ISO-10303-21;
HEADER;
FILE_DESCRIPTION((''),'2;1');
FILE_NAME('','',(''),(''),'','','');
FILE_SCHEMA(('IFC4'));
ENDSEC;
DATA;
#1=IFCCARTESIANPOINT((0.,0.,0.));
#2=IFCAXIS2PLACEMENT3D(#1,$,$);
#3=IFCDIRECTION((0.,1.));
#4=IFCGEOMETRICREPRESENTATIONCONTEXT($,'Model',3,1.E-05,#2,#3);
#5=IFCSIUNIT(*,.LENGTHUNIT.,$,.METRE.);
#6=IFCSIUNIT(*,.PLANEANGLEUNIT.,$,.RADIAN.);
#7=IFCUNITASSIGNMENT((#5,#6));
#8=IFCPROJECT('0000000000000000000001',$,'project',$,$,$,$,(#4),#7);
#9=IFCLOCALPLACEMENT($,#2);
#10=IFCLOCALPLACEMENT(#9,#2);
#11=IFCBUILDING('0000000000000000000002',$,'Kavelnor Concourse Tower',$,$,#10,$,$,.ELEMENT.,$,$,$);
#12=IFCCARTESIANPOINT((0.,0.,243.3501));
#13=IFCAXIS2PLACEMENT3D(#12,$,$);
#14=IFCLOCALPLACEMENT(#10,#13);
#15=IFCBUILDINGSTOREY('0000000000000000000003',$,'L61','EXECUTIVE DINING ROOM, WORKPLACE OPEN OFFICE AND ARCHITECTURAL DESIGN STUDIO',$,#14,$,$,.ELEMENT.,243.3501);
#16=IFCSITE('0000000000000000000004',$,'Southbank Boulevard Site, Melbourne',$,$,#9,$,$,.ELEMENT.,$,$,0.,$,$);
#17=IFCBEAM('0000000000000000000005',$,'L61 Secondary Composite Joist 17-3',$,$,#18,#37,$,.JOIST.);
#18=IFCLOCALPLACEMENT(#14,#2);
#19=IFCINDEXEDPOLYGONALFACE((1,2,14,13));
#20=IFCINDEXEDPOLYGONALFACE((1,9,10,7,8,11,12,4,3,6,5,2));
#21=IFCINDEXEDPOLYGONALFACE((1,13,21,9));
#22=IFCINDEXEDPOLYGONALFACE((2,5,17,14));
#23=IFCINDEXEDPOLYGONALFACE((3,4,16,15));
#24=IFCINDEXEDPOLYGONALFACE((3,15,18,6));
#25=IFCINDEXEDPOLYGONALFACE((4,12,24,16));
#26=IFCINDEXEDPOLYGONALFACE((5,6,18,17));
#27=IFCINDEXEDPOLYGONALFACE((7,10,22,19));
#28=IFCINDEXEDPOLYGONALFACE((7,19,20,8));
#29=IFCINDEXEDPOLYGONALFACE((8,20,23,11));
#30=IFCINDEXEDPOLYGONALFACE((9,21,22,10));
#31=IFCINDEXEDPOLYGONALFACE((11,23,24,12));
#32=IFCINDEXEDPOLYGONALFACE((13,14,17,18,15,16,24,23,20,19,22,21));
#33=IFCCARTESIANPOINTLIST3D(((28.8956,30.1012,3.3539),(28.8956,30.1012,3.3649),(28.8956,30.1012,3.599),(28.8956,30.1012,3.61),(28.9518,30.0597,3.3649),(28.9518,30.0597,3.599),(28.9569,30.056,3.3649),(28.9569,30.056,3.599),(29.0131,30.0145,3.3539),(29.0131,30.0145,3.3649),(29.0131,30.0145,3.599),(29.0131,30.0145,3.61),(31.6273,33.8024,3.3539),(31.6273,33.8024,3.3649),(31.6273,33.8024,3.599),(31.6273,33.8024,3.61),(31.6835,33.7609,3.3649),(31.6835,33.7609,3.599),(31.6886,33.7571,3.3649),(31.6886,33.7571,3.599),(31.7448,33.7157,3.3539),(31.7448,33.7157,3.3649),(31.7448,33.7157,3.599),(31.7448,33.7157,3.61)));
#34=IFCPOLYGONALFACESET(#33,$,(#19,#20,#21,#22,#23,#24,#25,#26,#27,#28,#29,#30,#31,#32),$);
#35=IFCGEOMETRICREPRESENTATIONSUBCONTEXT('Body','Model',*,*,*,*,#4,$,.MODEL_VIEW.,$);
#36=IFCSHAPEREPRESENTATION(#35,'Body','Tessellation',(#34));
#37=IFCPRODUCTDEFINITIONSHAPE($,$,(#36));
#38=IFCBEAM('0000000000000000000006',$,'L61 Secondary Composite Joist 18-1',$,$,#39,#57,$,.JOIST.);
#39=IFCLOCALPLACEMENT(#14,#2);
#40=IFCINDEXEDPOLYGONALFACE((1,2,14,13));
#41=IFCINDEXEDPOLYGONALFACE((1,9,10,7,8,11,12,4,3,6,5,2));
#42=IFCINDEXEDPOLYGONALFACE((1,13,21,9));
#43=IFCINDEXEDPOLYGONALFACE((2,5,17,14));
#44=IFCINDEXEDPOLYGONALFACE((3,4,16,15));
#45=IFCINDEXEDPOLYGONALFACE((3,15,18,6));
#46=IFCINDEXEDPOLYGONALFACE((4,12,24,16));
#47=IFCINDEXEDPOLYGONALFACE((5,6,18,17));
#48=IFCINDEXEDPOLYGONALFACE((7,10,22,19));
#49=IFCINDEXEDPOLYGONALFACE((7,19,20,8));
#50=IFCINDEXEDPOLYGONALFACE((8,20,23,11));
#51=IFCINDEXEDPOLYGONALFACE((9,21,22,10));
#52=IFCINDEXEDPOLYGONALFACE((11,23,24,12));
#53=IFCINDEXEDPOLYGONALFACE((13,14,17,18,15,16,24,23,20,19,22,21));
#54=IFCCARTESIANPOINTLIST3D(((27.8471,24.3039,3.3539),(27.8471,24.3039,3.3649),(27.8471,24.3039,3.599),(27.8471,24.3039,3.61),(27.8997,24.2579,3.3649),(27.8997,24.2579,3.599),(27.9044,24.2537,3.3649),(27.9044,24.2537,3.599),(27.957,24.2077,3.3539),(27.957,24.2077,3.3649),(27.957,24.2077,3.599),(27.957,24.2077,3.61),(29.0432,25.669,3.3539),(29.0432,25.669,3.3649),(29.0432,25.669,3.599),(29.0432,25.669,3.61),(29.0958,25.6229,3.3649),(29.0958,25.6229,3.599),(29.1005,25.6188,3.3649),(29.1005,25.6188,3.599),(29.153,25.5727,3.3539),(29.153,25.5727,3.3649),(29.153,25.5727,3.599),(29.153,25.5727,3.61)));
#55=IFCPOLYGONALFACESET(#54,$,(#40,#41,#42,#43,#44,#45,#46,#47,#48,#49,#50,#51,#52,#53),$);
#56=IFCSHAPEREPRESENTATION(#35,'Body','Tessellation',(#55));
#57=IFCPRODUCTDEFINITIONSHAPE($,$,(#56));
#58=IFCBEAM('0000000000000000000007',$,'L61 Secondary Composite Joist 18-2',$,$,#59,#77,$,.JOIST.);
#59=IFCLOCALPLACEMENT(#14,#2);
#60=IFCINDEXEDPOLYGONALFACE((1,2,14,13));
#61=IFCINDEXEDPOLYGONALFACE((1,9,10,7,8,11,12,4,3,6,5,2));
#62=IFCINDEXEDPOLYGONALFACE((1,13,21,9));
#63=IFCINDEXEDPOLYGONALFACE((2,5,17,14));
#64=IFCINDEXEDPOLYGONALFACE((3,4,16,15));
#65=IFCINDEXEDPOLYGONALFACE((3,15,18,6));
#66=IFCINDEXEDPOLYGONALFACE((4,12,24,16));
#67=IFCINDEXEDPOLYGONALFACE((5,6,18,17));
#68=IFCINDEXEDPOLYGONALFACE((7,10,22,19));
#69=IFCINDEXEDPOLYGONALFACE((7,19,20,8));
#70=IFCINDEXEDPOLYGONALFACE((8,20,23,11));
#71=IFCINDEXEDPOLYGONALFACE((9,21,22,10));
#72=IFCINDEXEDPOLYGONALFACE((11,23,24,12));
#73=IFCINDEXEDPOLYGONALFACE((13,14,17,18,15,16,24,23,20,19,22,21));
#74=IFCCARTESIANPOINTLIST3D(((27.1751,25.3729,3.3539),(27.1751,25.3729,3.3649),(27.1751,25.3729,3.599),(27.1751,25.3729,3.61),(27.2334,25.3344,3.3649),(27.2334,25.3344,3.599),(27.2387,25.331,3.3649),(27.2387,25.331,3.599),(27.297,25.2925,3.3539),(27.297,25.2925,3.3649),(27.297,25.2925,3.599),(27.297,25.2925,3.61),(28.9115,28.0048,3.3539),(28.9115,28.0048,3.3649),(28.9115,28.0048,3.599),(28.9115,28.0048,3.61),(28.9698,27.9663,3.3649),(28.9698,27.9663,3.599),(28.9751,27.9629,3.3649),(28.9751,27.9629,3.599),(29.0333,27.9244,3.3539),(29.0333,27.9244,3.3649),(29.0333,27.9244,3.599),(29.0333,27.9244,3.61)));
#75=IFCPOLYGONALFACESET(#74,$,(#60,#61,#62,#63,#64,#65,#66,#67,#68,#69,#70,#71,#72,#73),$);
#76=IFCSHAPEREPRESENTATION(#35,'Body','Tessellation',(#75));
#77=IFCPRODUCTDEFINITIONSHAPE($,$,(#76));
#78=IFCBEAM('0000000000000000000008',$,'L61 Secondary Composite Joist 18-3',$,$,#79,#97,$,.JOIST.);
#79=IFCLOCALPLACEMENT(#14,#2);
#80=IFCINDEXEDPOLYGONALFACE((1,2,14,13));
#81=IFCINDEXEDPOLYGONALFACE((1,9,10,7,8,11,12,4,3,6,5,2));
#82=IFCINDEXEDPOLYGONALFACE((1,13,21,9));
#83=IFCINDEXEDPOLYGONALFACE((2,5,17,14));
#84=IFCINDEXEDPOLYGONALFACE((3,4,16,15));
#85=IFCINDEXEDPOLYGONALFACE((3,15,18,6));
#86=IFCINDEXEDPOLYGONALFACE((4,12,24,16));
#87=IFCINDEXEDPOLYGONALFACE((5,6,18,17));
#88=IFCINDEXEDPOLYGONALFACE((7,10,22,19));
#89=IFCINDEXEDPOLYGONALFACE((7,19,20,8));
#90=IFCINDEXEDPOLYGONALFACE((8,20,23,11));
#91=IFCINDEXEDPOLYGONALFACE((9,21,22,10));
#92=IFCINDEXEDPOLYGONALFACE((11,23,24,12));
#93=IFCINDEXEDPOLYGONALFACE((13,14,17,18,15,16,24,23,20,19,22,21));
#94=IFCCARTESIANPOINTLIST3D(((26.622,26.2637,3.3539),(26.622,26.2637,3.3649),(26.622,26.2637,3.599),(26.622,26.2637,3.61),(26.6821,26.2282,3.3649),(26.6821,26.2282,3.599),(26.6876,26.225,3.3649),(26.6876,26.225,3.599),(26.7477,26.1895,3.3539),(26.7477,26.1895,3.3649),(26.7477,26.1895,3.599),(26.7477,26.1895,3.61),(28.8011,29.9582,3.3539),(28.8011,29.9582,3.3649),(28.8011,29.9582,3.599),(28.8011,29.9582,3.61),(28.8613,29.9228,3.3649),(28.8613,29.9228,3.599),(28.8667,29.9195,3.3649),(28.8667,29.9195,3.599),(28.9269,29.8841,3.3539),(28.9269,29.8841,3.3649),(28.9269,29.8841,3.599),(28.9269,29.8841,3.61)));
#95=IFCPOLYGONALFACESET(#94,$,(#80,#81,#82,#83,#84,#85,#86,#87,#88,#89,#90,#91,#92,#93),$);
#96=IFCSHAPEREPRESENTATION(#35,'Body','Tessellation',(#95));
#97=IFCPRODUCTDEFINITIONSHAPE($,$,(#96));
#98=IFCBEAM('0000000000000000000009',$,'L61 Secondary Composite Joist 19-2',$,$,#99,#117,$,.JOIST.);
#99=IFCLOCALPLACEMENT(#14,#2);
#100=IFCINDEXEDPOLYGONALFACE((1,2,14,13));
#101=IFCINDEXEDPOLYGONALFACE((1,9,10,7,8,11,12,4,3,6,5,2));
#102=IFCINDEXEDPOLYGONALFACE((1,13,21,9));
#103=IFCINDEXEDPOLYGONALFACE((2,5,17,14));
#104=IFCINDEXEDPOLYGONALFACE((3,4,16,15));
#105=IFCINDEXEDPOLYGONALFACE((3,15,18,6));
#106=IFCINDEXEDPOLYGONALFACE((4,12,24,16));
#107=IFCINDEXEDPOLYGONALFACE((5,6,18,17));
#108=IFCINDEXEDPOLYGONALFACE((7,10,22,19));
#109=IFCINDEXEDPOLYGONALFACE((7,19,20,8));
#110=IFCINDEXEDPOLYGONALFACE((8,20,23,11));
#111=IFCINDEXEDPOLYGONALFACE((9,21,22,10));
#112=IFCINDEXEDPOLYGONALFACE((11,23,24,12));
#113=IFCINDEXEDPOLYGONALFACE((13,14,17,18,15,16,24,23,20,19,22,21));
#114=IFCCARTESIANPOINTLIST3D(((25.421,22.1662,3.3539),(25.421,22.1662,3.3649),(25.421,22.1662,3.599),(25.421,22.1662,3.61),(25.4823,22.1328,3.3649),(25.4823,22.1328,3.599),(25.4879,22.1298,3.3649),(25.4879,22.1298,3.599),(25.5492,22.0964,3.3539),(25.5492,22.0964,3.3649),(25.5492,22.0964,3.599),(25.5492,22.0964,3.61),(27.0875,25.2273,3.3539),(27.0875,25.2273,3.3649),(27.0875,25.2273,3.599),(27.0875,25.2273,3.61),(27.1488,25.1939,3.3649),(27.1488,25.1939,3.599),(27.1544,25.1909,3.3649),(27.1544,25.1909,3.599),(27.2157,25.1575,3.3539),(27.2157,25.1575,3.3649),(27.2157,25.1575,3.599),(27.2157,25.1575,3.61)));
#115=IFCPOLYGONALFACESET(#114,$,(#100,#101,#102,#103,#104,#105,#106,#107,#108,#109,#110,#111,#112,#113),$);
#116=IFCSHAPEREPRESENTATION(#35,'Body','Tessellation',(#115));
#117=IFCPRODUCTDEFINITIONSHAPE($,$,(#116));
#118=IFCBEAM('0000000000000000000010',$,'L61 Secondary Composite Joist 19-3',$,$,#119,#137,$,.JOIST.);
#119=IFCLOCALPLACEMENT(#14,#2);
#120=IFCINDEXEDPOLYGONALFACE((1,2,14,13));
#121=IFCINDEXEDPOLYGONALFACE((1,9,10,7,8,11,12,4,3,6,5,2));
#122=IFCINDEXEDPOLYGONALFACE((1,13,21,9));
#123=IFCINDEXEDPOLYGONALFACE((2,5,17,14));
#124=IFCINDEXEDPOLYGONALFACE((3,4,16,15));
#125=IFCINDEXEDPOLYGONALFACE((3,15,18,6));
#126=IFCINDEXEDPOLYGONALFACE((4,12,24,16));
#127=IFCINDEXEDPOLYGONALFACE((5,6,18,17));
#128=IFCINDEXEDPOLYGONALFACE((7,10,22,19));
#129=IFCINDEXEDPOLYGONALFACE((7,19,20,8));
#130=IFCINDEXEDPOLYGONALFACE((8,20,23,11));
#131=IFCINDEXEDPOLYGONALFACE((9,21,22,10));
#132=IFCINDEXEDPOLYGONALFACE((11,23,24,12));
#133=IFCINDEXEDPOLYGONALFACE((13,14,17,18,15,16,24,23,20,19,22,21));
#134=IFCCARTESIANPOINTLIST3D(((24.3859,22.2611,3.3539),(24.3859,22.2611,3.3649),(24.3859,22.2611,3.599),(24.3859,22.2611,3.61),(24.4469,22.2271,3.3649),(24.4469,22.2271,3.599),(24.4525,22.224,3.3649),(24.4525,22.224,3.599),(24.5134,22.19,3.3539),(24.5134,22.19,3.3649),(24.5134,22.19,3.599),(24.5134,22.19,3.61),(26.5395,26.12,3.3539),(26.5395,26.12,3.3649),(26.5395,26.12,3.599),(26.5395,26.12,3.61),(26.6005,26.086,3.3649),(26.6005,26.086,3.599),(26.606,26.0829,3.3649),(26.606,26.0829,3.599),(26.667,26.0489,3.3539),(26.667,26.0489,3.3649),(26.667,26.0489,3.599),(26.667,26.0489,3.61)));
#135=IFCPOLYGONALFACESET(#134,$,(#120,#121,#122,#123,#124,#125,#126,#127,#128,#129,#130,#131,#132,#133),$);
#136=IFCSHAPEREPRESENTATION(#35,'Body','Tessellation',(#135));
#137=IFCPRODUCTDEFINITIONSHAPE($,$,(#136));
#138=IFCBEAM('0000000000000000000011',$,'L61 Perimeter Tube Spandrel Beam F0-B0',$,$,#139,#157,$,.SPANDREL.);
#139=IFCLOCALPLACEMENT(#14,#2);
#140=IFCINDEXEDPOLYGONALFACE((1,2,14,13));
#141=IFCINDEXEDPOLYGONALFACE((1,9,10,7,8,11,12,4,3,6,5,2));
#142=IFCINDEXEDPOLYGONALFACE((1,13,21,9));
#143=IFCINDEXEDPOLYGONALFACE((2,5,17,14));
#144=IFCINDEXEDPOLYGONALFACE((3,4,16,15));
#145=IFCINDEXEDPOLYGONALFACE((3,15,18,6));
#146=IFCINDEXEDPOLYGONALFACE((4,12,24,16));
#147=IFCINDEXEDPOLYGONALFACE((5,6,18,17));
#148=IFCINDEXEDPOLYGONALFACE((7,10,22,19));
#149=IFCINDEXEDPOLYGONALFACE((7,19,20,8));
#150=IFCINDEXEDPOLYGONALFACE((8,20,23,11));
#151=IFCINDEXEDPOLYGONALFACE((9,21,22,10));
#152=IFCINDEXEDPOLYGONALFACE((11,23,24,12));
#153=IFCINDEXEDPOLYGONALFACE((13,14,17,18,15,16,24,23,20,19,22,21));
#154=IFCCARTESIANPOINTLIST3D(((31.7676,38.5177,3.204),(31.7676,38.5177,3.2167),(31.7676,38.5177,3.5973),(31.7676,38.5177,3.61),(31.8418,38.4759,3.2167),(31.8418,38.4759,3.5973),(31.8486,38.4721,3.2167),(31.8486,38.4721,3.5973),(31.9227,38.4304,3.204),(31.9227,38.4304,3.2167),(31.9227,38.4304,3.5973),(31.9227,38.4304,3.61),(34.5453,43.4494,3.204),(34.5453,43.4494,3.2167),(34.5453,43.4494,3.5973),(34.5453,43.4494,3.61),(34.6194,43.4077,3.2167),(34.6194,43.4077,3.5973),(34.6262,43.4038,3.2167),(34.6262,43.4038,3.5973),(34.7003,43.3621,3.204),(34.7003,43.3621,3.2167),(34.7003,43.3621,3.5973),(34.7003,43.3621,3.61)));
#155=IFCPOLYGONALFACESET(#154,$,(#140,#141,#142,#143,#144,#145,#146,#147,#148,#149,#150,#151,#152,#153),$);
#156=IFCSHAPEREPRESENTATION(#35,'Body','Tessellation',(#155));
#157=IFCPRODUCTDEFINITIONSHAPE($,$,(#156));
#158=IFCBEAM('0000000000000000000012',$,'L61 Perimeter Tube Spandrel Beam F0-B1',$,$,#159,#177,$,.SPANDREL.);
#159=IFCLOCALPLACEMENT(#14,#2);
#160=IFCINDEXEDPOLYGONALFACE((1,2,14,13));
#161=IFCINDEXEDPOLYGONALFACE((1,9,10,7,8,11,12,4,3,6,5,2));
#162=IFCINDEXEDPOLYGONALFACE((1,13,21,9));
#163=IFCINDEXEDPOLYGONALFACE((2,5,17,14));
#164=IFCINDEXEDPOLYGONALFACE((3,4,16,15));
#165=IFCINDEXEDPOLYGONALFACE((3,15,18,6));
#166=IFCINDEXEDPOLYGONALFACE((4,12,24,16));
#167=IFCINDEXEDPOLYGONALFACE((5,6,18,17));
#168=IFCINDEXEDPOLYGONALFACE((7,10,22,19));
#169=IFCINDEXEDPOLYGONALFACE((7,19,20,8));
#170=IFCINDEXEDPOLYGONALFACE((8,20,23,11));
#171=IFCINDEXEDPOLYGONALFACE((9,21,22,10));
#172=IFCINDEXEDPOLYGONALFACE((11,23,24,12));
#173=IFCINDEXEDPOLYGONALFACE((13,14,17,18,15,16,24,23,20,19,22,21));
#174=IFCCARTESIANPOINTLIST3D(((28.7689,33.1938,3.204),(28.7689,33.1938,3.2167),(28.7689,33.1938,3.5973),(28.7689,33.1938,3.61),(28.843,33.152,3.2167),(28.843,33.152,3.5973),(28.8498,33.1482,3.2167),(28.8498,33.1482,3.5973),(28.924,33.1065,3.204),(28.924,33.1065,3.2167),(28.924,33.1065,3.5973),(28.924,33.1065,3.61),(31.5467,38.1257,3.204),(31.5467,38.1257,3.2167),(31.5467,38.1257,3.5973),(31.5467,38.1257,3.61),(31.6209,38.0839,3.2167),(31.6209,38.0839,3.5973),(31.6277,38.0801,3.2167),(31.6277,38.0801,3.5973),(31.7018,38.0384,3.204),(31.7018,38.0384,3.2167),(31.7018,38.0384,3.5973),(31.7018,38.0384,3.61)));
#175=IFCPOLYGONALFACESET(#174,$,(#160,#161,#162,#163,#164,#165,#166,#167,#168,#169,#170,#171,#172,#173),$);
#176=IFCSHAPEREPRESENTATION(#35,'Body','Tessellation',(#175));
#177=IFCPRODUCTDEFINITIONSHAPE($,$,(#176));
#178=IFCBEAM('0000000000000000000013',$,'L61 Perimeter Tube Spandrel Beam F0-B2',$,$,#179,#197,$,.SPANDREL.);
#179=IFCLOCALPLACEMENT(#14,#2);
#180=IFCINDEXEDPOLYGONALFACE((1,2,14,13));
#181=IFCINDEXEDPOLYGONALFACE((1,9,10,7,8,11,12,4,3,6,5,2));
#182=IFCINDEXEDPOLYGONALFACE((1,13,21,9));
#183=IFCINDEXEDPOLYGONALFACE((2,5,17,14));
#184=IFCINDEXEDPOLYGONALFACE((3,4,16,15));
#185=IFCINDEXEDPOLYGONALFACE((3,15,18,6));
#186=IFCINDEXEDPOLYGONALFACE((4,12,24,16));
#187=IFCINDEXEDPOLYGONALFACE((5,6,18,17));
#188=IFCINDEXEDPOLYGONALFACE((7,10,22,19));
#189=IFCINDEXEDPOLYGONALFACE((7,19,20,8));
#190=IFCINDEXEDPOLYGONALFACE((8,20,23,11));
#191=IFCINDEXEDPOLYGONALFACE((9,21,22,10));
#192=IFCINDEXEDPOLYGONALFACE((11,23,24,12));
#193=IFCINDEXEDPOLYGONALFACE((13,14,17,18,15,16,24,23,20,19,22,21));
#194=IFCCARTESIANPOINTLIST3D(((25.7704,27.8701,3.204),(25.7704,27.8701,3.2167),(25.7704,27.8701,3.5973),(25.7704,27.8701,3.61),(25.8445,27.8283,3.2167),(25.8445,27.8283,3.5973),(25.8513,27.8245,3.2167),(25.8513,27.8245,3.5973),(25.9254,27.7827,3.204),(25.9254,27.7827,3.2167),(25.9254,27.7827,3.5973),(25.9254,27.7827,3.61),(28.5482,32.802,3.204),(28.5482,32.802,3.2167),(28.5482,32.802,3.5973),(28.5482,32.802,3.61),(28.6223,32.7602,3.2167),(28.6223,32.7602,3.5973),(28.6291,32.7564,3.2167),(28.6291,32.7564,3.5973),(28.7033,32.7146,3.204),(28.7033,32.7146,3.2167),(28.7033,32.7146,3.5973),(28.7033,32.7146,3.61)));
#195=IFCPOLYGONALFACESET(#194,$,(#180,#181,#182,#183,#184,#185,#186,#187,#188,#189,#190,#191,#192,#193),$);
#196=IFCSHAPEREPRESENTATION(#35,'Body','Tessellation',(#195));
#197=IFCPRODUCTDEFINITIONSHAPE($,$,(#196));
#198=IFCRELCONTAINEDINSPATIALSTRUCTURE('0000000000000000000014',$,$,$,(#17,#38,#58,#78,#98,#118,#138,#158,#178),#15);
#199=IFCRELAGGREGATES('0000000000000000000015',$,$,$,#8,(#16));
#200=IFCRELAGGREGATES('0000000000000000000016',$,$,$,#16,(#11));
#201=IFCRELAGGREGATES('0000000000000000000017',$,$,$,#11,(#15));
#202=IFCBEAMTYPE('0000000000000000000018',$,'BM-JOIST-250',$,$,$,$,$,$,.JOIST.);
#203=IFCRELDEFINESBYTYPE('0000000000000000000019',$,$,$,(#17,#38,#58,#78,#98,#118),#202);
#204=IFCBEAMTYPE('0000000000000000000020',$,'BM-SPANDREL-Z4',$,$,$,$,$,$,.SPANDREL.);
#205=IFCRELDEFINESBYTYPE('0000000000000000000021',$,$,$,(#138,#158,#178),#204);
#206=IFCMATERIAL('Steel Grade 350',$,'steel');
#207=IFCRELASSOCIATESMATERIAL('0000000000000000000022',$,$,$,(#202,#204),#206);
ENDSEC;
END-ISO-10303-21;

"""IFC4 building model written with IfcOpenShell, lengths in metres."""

from ifc_helpers import new_model, si_unit, direction, frame, origin, origin_2d, place, context, subcontext, project, spatial, i_section, extrude, material, material_profile, profile_set, type_object, element, save


model = new_model("IFC4")

# Units and contexts
model_context = context("Model", 3, precision=1e-05, world=origin(), true_north=direction((0.0, 1.0)))
body_context = subcontext(model_context, "Body", "Model", "MODEL_VIEW")
ifc_project = project(units=[si_unit("LENGTHUNIT", "METRE"), si_unit("PLANEANGLEUNIT", "RADIAN")], contexts=[model_context])

# Site, building, storey
site_placement = place(None, origin())
site = spatial("IfcSite", under=ifc_project, at=site_placement, Name="Southbank Boulevard Site, Melbourne", CompositionType="ELEMENT", RefElevation=0.0)
building_placement = place(site_placement, origin())
building = spatial("IfcBuilding", under=site, at=building_placement, Name="Kavelnor Concourse Tower", CompositionType="ELEMENT")
storey_placement = place(building_placement, frame((0.0, 0.0, 243.3501)))
storey = spatial("IfcBuildingStorey", under=building, at=storey_placement, Name="L61", Description="EXECUTIVE DINING ROOM, WORKPLACE OPEN OFFICE AND ARCHITECTURAL DESIGN STUDIO", CompositionType="ELEMENT", Elevation=243.3501)

# Shared definitions
ifc_material_1 = material(Name="Steel Grade 350", Category="steel")

# Beams
ifc_material_profile_1 = material_profile(ifc_material_1, i_section(OverallWidth=0.146, OverallDepth=0.2561, WebThickness=0.0063, FlangeThickness=0.011, at=origin_2d()), Name="250UB37")
ifc_profile_set_1 = profile_set([ifc_material_profile_1], Name="Steel Grade 350")
beam_type_1 = type_object("IfcBeamType", Name="BM-JOIST-250", PredefinedType="JOIST", material=ifc_profile_set_1)
beam_1_placement = place(storey_placement, frame((31.686, 33.759, 3.4819), z_axis=(-0.593834, -0.804587, 0.0), x_axis=(0.804587, -0.593834, 0.0)))
element("IfcBeam", 1, at=beam_1_placement, inside=storey, type_object=beam_type_1, Name="L61 Secondary Composite Joist 17-3", PredefinedType="JOIST", context=body_context, shape_type="SweptSolid", body=[
    extrude(i_section(OverallWidth=0.146, OverallDepth=0.2561, WebThickness=0.0063, FlangeThickness=0.011, at=origin_2d()), origin(), (0.0, 0.0, 1.0), 4.6001),
])
beam_2_placement = place(storey_placement, frame((29.0981, 25.6208, 3.4819), z_axis=(-0.659028, -0.752118, 0.0), x_axis=(0.752118, -0.659028, 0.0)))
element("IfcBeam", 2, at=beam_2_placement, inside=storey, type_object=beam_type_1, Name="L61 Secondary Composite Joist 18-1", PredefinedType="JOIST", context=body_context, shape_type="SweptSolid", body=[
    extrude(i_section(OverallWidth=0.146, OverallDepth=0.2561, WebThickness=0.0063, FlangeThickness=0.011, at=origin_2d()), origin(), (0.0, 0.0, 1.0), 1.8149),
])
beam_3_placement = place(storey_placement, frame((28.9724, 27.9646, 3.4819), z_axis=(-0.550691, -0.834709, 0.0), x_axis=(0.834709, -0.550691, 0.0)))
element("IfcBeam", 3, at=beam_3_placement, inside=storey, type_object=beam_type_1, Name="L61 Secondary Composite Joist 18-2", PredefinedType="JOIST", context=body_context, shape_type="SweptSolid", body=[
    extrude(i_section(OverallWidth=0.146, OverallDepth=0.2561, WebThickness=0.0063, FlangeThickness=0.011, at=origin_2d()), origin(), (0.0, 0.0, 1.0), 3.1531),
])
beam_4_placement = place(storey_placement, frame((28.864, 29.9211, 3.4819), z_axis=(-0.508045, -0.861331, 0.0), x_axis=(0.861331, -0.508045, 0.0)))
element("IfcBeam", 4, at=beam_4_placement, inside=storey, type_object=beam_type_1, Name="L61 Secondary Composite Joist 18-3", PredefinedType="JOIST", context=body_context, shape_type="SweptSolid", body=[
    extrude(i_section(OverallWidth=0.146, OverallDepth=0.2561, WebThickness=0.0063, FlangeThickness=0.011, at=origin_2d()), origin(), (0.0, 0.0, 1.0), 4.2893),
])
beam_5_placement = place(storey_placement, frame((27.1516, 25.1924, 3.4819), z_axis=(-0.478155, -0.878275, 0.0), x_axis=(0.878275, -0.478155, 0.0)))
element("IfcBeam", 5, at=beam_5_placement, inside=storey, type_object=beam_type_1, Name="L61 Secondary Composite Joist 19-2", PredefinedType="JOIST", context=body_context, shape_type="SweptSolid", body=[
    extrude(i_section(OverallWidth=0.146, OverallDepth=0.2561, WebThickness=0.0063, FlangeThickness=0.011, at=origin_2d()), origin(), (0.0, 0.0, 1.0), 3.4854),
])
beam_6_placement = place(storey_placement, frame((26.6033, 26.0845, 3.4819), z_axis=(-0.487326, -0.87322, 0.0), x_axis=(0.87322, -0.487326, 0.0)))
element("IfcBeam", 6, at=beam_6_placement, inside=storey, type_object=beam_type_1, Name="L61 Secondary Composite Joist 19-3", PredefinedType="JOIST", context=body_context, shape_type="SweptSolid", body=[
    extrude(i_section(OverallWidth=0.146, OverallDepth=0.2561, WebThickness=0.0063, FlangeThickness=0.011, at=origin_2d()), origin(), (0.0, 0.0, 1.0), 4.4192),
])
ifc_material_profile_2 = material_profile(ifc_material_1, i_section(OverallWidth=0.178, OverallDepth=0.406, WebThickness=0.0078, FlangeThickness=0.0127, at=origin_2d()), Name="410UB59")
ifc_profile_set_2 = profile_set([ifc_material_profile_2], Name="Steel Grade 350")
beam_type_2 = type_object("IfcBeamType", Name="BM-SPANDREL-Z4", PredefinedType="SPANDREL", material=ifc_profile_set_2)
beam_7_placement = place(storey_placement, frame((34.6228, 43.4058, 3.407), z_axis=(-0.490736, -0.871308, 0.0), x_axis=(0.871308, -0.490736, 0.0)))
element("IfcBeam", 7, at=beam_7_placement, inside=storey, type_object=beam_type_2, Name="L61 Perimeter Tube Spandrel Beam F0-B0", PredefinedType="SPANDREL", context=body_context, shape_type="SweptSolid", body=[
    extrude(i_section(OverallWidth=0.178, OverallDepth=0.406, WebThickness=0.0078, FlangeThickness=0.0127, at=origin_2d()), origin(), (0.0, 0.0, 1.0), 5.6602),
])
for number, where, z_axis, x_axis, name in (
    (8, (31.6243, 38.082, 3.407), (-0.490751, -0.8713, 0.0), (0.8713, -0.490751, 0.0), "L61 Perimeter Tube Spandrel Beam F0-B1"),
    (9, (28.6257, 32.7583, 3.407), (-0.490751, -0.8713, 0.0), (0.8713, -0.490751, 0.0), "L61 Perimeter Tube Spandrel Beam F0-B2"),
):
    element("IfcBeam", number, at=place(storey_placement, frame(where, z_axis=z_axis, x_axis=x_axis)), inside=storey, type_object=beam_type_2, Name=name, PredefinedType="SPANDREL", context=body_context, shape_type="SweptSolid", body=[
        extrude(i_section(OverallWidth=0.178, OverallDepth=0.406, WebThickness=0.0078, FlangeThickness=0.0127, at=origin_2d()), origin(), (0.0, 0.0, 1.0), 5.6604),
    ])

save(model, "model.ifc")
